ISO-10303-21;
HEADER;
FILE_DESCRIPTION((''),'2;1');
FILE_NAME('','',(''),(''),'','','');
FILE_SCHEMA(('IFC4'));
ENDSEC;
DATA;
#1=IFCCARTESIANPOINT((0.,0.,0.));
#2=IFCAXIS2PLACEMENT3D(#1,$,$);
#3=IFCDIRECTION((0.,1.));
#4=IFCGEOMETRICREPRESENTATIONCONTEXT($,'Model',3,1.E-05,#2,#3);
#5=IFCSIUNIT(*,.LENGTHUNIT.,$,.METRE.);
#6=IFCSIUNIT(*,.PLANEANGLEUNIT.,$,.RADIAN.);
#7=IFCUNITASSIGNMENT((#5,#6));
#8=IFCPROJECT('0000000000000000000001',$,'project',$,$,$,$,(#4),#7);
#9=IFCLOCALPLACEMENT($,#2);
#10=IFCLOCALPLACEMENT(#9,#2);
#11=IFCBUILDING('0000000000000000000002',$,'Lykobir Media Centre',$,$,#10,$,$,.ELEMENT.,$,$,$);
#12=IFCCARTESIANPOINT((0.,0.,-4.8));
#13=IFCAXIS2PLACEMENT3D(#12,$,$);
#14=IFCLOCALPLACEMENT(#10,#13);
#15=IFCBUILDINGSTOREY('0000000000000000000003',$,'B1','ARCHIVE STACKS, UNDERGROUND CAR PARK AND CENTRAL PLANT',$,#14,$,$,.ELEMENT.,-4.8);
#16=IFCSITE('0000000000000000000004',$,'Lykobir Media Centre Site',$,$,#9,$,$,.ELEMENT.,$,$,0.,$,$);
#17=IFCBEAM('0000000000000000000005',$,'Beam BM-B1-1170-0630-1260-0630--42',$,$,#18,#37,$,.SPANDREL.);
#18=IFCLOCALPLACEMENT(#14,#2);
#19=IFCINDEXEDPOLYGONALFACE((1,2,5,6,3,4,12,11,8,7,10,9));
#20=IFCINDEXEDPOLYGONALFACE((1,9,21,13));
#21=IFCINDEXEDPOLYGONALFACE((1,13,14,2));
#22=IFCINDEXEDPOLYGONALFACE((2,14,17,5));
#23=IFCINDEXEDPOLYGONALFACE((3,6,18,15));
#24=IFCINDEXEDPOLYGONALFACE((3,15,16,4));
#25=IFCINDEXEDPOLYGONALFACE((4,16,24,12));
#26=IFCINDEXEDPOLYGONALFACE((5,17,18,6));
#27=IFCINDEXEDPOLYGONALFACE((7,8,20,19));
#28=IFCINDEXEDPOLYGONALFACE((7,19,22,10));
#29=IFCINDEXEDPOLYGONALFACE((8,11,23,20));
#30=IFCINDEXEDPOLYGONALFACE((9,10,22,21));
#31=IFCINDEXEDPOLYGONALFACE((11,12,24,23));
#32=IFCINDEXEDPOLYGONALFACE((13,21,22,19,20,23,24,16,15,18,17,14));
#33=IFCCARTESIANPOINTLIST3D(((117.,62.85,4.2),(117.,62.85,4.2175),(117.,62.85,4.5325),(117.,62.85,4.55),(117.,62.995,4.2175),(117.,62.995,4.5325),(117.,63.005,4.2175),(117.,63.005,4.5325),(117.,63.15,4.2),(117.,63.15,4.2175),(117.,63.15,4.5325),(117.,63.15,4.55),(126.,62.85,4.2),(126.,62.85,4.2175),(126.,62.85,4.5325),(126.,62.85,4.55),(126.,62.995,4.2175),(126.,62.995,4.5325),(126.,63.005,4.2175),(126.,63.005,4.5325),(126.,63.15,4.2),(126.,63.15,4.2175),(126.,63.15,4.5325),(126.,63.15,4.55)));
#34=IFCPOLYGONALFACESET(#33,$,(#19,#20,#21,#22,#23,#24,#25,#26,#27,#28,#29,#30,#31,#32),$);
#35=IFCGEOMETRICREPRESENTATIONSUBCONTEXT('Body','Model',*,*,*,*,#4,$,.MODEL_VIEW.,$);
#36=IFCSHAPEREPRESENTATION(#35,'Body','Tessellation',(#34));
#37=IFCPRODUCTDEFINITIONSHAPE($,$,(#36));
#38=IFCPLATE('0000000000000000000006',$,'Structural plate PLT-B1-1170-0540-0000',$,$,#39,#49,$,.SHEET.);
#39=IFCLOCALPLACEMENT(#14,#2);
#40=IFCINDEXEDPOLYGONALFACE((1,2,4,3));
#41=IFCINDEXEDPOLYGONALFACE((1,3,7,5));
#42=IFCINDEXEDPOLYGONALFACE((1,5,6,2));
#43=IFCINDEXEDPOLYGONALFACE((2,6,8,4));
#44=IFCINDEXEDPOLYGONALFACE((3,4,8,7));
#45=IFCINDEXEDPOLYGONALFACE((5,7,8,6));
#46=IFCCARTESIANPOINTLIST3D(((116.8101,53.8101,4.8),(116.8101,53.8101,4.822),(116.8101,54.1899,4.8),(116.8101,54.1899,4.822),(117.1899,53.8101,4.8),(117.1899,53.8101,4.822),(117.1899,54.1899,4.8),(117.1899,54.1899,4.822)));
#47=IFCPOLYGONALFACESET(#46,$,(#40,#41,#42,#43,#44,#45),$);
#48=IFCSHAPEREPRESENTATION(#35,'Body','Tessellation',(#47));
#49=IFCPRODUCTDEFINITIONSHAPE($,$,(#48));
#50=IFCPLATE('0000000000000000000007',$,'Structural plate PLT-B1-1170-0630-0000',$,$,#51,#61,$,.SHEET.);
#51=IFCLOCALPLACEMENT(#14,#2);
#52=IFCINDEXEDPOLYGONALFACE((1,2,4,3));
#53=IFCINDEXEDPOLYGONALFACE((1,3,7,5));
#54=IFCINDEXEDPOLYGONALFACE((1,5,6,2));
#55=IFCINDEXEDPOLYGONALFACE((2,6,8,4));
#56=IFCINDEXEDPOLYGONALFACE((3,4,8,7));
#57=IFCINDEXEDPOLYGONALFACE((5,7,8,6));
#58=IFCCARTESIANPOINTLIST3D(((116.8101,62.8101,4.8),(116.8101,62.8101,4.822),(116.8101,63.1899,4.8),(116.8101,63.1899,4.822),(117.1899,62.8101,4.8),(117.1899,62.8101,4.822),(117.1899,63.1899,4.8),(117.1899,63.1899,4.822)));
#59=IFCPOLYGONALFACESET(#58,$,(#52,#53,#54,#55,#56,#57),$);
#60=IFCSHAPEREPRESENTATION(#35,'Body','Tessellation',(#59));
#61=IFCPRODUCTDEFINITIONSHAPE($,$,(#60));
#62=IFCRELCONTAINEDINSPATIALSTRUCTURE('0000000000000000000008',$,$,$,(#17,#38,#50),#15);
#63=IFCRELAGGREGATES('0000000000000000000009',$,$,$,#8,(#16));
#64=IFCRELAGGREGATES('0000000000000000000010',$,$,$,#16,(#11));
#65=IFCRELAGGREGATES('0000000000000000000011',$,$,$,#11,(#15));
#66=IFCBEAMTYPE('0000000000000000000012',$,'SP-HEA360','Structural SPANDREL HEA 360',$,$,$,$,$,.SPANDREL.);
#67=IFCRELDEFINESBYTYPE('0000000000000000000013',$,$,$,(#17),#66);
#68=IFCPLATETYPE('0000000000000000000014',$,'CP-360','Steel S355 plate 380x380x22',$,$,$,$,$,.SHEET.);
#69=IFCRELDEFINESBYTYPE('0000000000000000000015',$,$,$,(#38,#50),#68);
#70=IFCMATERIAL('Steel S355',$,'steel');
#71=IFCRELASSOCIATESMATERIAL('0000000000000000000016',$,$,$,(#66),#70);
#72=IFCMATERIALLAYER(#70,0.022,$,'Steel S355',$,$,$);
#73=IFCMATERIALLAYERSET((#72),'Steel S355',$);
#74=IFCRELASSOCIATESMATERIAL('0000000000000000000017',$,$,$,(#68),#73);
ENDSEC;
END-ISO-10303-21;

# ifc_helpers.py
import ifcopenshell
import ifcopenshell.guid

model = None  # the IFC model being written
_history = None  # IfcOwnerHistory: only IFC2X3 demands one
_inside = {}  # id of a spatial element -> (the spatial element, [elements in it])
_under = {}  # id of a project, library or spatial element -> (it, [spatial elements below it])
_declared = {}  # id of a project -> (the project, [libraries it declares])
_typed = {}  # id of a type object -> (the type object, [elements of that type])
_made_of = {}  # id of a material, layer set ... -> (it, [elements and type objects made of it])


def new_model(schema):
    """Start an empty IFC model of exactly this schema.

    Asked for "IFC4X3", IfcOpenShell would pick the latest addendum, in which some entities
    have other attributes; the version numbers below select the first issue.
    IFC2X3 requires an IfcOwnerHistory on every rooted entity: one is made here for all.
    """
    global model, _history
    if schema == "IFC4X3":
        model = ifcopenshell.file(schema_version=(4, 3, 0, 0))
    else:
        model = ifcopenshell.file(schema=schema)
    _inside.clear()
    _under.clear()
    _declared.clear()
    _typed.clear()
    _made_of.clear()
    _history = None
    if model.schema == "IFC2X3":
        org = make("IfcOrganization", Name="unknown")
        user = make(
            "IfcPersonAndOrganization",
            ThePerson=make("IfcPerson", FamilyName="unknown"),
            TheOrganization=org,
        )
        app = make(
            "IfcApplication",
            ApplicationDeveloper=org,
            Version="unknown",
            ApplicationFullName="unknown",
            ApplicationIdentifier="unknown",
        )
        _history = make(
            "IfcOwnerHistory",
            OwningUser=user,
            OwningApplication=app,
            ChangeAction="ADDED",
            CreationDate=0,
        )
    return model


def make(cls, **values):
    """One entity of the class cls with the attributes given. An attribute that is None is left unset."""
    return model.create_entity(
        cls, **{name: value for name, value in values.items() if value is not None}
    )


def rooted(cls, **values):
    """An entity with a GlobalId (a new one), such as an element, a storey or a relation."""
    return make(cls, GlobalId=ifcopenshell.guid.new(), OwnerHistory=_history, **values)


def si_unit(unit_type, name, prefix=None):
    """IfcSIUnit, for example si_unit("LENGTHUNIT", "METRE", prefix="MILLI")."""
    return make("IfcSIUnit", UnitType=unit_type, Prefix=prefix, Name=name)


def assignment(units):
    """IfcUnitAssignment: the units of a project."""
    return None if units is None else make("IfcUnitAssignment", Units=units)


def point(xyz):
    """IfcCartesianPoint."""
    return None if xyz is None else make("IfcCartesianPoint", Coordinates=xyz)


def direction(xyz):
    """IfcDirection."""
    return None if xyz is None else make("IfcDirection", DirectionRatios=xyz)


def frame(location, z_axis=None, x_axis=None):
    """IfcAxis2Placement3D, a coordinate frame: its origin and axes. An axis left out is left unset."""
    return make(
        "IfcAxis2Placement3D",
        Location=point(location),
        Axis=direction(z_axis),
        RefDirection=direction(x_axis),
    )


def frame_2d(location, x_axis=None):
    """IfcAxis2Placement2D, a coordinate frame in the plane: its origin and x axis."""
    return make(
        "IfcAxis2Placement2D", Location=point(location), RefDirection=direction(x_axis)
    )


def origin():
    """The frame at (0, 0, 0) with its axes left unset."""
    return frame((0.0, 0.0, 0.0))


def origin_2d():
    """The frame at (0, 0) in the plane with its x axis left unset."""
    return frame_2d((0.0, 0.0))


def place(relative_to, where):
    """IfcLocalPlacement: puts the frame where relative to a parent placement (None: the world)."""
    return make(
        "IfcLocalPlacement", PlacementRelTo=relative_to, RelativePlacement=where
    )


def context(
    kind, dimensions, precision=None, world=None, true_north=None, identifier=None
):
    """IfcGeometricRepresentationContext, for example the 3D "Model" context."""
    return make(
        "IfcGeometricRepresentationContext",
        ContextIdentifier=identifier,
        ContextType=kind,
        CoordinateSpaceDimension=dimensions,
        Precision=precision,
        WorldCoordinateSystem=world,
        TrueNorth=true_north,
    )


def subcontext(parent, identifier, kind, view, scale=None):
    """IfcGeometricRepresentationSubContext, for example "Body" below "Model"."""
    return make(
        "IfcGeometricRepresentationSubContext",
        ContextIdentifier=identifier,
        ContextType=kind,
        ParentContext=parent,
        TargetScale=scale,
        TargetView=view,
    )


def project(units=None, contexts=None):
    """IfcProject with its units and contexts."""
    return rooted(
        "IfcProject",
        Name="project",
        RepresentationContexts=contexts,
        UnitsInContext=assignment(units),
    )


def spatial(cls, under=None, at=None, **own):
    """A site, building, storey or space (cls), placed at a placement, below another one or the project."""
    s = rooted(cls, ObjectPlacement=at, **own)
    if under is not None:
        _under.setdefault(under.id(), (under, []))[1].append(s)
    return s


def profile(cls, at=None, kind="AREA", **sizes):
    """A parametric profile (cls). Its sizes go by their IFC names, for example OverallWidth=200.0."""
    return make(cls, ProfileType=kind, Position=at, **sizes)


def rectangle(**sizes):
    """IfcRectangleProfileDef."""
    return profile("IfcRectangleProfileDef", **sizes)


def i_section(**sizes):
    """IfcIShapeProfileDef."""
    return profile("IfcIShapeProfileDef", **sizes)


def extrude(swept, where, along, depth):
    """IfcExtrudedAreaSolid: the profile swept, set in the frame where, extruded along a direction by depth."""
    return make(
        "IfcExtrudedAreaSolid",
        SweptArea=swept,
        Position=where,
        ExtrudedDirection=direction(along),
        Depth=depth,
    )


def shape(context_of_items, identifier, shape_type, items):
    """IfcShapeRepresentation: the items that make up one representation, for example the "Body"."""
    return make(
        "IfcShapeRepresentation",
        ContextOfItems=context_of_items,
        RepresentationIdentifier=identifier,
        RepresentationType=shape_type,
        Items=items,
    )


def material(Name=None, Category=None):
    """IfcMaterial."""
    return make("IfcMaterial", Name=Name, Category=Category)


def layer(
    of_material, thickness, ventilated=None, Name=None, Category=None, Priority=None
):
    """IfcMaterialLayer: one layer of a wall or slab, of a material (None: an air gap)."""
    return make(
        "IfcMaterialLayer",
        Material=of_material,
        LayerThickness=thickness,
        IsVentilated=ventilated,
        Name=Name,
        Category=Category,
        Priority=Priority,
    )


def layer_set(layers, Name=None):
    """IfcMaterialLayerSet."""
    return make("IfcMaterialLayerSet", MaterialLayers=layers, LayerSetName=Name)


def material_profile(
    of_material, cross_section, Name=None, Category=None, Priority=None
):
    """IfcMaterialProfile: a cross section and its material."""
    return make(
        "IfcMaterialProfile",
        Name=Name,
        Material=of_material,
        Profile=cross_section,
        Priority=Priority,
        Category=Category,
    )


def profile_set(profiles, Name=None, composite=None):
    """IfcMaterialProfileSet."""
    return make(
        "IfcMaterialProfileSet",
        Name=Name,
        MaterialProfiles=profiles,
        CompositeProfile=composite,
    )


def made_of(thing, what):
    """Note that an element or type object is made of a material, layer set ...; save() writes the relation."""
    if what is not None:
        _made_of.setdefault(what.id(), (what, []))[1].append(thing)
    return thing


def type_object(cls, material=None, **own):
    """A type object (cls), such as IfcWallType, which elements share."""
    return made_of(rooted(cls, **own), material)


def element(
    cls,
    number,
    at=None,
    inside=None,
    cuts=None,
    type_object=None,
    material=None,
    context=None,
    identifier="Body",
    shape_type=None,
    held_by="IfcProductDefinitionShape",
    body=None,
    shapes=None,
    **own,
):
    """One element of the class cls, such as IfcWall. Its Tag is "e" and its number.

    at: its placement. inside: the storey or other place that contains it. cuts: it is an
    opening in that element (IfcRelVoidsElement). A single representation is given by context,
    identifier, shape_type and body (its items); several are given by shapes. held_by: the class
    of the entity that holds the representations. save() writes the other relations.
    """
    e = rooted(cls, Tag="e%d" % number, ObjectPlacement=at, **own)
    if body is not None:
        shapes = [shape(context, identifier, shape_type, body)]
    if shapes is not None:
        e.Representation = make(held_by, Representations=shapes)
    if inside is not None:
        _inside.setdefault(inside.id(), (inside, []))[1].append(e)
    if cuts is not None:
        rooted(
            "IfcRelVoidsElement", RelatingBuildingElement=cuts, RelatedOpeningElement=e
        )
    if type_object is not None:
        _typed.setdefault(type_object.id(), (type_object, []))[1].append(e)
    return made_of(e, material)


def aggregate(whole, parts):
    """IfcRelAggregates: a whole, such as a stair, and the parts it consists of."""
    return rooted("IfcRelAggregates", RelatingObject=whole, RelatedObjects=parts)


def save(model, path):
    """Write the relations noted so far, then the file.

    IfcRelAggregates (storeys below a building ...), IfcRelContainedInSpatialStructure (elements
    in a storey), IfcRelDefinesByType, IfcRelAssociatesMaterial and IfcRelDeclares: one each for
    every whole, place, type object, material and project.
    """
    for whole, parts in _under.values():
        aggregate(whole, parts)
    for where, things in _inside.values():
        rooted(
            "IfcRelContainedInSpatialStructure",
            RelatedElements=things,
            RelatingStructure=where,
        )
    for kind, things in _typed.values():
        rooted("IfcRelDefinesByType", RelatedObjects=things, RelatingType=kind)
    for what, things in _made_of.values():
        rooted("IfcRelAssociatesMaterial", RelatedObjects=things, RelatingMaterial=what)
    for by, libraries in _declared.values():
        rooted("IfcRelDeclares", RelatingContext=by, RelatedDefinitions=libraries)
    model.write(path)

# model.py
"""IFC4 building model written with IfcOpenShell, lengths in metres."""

from ifc_helpers import new_model, si_unit, direction, frame, origin, origin_2d, place, context, subcontext, project, spatial, rectangle, i_section, extrude, material, layer, layer_set, material_profile, profile_set, type_object, element, save


model = new_model("IFC4")

# Units and contexts
model_context = context("Model", 3, precision=1e-05, world=origin(), true_north=direction((0.0, 1.0)))
body_context = subcontext(model_context, "Body", "Model", "MODEL_VIEW")
ifc_project = project(units=[si_unit("LENGTHUNIT", "METRE"), si_unit("PLANEANGLEUNIT", "RADIAN")], contexts=[model_context])

# Site, building, storey
site_placement = place(None, origin())
site = spatial("IfcSite", under=ifc_project, at=site_placement, Name="Lykobir Media Centre Site", CompositionType="ELEMENT", RefElevation=0.0)
building_placement = place(site_placement, origin())
building = spatial("IfcBuilding", under=site, at=building_placement, Name="Lykobir Media Centre", CompositionType="ELEMENT")
storey_placement = place(building_placement, frame((0.0, 0.0, -4.8)))
storey = spatial("IfcBuildingStorey", under=building, at=storey_placement, Name="B1", Description="ARCHIVE STACKS, UNDERGROUND CAR PARK AND CENTRAL PLANT", CompositionType="ELEMENT", Elevation=-4.8)

# Shared definitions
ifc_material_1 = material(Name="Steel S355", Category="steel")

# Beam
ifc_material_profile_1 = material_profile(ifc_material_1, i_section(OverallWidth=0.3, OverallDepth=0.3501, WebThickness=0.01, FlangeThickness=0.0176, at=origin_2d()), Name="HEA 360")
ifc_profile_set_1 = profile_set([ifc_material_profile_1], Name="Steel S355")
beam_type_1 = type_object("IfcBeamType", Name="SP-HEA360", Description="Structural SPANDREL HEA 360", PredefinedType="SPANDREL", material=ifc_profile_set_1)
beam_1_placement = place(storey_placement, frame((117.0, 63.0, 4.375), z_axis=(1.0, 0.0, 0.0), x_axis=(0.0, 1.0, 0.0)))
element("IfcBeam", 1, at=beam_1_placement, inside=storey, type_object=beam_type_1, Name="Beam BM-B1-1170-0630-1260-0630--42", PredefinedType="SPANDREL", context=body_context, shape_type="SweptSolid", body=[
    extrude(i_section(OverallWidth=0.3, OverallDepth=0.3501, WebThickness=0.01, FlangeThickness=0.0176, at=origin_2d()), origin(), (0.0, 0.0, 1.0), 9.0),
])

# Plates
ifc_layer = layer(ifc_material_1, 0.022, Name="Steel S355")
ifc_layer_set = layer_set([ifc_layer], Name="Steel S355")
plate_type = type_object("IfcPlateType", Name="CP-360", Description="Steel S355 plate 380x380x22", PredefinedType="SHEET", material=ifc_layer_set)
for number, where, z_axis, x_axis, name in (
    (2, (117.0, 54.0, 4.8), (0.0, 0.0, 1.0), (1.0, 0.0, 0.0), "Structural plate PLT-B1-1170-0540-0000"),
    (3, (117.0, 63.0, 4.8), (0.0, 0.0, 1.0), (1.0, 0.0, 0.0), "Structural plate PLT-B1-1170-0630-0000"),
):
    element("IfcPlate", number, at=place(storey_placement, frame(where, z_axis=z_axis, x_axis=x_axis)), inside=storey, type_object=plate_type, Name=name, PredefinedType="SHEET", context=body_context, shape_type="SweptSolid", body=[
        extrude(rectangle(XDim=0.3799, YDim=0.3799, at=origin_2d()), origin(), (0.0, 0.0, 1.0), 0.022),
    ])

save(model, "model.ifc")
